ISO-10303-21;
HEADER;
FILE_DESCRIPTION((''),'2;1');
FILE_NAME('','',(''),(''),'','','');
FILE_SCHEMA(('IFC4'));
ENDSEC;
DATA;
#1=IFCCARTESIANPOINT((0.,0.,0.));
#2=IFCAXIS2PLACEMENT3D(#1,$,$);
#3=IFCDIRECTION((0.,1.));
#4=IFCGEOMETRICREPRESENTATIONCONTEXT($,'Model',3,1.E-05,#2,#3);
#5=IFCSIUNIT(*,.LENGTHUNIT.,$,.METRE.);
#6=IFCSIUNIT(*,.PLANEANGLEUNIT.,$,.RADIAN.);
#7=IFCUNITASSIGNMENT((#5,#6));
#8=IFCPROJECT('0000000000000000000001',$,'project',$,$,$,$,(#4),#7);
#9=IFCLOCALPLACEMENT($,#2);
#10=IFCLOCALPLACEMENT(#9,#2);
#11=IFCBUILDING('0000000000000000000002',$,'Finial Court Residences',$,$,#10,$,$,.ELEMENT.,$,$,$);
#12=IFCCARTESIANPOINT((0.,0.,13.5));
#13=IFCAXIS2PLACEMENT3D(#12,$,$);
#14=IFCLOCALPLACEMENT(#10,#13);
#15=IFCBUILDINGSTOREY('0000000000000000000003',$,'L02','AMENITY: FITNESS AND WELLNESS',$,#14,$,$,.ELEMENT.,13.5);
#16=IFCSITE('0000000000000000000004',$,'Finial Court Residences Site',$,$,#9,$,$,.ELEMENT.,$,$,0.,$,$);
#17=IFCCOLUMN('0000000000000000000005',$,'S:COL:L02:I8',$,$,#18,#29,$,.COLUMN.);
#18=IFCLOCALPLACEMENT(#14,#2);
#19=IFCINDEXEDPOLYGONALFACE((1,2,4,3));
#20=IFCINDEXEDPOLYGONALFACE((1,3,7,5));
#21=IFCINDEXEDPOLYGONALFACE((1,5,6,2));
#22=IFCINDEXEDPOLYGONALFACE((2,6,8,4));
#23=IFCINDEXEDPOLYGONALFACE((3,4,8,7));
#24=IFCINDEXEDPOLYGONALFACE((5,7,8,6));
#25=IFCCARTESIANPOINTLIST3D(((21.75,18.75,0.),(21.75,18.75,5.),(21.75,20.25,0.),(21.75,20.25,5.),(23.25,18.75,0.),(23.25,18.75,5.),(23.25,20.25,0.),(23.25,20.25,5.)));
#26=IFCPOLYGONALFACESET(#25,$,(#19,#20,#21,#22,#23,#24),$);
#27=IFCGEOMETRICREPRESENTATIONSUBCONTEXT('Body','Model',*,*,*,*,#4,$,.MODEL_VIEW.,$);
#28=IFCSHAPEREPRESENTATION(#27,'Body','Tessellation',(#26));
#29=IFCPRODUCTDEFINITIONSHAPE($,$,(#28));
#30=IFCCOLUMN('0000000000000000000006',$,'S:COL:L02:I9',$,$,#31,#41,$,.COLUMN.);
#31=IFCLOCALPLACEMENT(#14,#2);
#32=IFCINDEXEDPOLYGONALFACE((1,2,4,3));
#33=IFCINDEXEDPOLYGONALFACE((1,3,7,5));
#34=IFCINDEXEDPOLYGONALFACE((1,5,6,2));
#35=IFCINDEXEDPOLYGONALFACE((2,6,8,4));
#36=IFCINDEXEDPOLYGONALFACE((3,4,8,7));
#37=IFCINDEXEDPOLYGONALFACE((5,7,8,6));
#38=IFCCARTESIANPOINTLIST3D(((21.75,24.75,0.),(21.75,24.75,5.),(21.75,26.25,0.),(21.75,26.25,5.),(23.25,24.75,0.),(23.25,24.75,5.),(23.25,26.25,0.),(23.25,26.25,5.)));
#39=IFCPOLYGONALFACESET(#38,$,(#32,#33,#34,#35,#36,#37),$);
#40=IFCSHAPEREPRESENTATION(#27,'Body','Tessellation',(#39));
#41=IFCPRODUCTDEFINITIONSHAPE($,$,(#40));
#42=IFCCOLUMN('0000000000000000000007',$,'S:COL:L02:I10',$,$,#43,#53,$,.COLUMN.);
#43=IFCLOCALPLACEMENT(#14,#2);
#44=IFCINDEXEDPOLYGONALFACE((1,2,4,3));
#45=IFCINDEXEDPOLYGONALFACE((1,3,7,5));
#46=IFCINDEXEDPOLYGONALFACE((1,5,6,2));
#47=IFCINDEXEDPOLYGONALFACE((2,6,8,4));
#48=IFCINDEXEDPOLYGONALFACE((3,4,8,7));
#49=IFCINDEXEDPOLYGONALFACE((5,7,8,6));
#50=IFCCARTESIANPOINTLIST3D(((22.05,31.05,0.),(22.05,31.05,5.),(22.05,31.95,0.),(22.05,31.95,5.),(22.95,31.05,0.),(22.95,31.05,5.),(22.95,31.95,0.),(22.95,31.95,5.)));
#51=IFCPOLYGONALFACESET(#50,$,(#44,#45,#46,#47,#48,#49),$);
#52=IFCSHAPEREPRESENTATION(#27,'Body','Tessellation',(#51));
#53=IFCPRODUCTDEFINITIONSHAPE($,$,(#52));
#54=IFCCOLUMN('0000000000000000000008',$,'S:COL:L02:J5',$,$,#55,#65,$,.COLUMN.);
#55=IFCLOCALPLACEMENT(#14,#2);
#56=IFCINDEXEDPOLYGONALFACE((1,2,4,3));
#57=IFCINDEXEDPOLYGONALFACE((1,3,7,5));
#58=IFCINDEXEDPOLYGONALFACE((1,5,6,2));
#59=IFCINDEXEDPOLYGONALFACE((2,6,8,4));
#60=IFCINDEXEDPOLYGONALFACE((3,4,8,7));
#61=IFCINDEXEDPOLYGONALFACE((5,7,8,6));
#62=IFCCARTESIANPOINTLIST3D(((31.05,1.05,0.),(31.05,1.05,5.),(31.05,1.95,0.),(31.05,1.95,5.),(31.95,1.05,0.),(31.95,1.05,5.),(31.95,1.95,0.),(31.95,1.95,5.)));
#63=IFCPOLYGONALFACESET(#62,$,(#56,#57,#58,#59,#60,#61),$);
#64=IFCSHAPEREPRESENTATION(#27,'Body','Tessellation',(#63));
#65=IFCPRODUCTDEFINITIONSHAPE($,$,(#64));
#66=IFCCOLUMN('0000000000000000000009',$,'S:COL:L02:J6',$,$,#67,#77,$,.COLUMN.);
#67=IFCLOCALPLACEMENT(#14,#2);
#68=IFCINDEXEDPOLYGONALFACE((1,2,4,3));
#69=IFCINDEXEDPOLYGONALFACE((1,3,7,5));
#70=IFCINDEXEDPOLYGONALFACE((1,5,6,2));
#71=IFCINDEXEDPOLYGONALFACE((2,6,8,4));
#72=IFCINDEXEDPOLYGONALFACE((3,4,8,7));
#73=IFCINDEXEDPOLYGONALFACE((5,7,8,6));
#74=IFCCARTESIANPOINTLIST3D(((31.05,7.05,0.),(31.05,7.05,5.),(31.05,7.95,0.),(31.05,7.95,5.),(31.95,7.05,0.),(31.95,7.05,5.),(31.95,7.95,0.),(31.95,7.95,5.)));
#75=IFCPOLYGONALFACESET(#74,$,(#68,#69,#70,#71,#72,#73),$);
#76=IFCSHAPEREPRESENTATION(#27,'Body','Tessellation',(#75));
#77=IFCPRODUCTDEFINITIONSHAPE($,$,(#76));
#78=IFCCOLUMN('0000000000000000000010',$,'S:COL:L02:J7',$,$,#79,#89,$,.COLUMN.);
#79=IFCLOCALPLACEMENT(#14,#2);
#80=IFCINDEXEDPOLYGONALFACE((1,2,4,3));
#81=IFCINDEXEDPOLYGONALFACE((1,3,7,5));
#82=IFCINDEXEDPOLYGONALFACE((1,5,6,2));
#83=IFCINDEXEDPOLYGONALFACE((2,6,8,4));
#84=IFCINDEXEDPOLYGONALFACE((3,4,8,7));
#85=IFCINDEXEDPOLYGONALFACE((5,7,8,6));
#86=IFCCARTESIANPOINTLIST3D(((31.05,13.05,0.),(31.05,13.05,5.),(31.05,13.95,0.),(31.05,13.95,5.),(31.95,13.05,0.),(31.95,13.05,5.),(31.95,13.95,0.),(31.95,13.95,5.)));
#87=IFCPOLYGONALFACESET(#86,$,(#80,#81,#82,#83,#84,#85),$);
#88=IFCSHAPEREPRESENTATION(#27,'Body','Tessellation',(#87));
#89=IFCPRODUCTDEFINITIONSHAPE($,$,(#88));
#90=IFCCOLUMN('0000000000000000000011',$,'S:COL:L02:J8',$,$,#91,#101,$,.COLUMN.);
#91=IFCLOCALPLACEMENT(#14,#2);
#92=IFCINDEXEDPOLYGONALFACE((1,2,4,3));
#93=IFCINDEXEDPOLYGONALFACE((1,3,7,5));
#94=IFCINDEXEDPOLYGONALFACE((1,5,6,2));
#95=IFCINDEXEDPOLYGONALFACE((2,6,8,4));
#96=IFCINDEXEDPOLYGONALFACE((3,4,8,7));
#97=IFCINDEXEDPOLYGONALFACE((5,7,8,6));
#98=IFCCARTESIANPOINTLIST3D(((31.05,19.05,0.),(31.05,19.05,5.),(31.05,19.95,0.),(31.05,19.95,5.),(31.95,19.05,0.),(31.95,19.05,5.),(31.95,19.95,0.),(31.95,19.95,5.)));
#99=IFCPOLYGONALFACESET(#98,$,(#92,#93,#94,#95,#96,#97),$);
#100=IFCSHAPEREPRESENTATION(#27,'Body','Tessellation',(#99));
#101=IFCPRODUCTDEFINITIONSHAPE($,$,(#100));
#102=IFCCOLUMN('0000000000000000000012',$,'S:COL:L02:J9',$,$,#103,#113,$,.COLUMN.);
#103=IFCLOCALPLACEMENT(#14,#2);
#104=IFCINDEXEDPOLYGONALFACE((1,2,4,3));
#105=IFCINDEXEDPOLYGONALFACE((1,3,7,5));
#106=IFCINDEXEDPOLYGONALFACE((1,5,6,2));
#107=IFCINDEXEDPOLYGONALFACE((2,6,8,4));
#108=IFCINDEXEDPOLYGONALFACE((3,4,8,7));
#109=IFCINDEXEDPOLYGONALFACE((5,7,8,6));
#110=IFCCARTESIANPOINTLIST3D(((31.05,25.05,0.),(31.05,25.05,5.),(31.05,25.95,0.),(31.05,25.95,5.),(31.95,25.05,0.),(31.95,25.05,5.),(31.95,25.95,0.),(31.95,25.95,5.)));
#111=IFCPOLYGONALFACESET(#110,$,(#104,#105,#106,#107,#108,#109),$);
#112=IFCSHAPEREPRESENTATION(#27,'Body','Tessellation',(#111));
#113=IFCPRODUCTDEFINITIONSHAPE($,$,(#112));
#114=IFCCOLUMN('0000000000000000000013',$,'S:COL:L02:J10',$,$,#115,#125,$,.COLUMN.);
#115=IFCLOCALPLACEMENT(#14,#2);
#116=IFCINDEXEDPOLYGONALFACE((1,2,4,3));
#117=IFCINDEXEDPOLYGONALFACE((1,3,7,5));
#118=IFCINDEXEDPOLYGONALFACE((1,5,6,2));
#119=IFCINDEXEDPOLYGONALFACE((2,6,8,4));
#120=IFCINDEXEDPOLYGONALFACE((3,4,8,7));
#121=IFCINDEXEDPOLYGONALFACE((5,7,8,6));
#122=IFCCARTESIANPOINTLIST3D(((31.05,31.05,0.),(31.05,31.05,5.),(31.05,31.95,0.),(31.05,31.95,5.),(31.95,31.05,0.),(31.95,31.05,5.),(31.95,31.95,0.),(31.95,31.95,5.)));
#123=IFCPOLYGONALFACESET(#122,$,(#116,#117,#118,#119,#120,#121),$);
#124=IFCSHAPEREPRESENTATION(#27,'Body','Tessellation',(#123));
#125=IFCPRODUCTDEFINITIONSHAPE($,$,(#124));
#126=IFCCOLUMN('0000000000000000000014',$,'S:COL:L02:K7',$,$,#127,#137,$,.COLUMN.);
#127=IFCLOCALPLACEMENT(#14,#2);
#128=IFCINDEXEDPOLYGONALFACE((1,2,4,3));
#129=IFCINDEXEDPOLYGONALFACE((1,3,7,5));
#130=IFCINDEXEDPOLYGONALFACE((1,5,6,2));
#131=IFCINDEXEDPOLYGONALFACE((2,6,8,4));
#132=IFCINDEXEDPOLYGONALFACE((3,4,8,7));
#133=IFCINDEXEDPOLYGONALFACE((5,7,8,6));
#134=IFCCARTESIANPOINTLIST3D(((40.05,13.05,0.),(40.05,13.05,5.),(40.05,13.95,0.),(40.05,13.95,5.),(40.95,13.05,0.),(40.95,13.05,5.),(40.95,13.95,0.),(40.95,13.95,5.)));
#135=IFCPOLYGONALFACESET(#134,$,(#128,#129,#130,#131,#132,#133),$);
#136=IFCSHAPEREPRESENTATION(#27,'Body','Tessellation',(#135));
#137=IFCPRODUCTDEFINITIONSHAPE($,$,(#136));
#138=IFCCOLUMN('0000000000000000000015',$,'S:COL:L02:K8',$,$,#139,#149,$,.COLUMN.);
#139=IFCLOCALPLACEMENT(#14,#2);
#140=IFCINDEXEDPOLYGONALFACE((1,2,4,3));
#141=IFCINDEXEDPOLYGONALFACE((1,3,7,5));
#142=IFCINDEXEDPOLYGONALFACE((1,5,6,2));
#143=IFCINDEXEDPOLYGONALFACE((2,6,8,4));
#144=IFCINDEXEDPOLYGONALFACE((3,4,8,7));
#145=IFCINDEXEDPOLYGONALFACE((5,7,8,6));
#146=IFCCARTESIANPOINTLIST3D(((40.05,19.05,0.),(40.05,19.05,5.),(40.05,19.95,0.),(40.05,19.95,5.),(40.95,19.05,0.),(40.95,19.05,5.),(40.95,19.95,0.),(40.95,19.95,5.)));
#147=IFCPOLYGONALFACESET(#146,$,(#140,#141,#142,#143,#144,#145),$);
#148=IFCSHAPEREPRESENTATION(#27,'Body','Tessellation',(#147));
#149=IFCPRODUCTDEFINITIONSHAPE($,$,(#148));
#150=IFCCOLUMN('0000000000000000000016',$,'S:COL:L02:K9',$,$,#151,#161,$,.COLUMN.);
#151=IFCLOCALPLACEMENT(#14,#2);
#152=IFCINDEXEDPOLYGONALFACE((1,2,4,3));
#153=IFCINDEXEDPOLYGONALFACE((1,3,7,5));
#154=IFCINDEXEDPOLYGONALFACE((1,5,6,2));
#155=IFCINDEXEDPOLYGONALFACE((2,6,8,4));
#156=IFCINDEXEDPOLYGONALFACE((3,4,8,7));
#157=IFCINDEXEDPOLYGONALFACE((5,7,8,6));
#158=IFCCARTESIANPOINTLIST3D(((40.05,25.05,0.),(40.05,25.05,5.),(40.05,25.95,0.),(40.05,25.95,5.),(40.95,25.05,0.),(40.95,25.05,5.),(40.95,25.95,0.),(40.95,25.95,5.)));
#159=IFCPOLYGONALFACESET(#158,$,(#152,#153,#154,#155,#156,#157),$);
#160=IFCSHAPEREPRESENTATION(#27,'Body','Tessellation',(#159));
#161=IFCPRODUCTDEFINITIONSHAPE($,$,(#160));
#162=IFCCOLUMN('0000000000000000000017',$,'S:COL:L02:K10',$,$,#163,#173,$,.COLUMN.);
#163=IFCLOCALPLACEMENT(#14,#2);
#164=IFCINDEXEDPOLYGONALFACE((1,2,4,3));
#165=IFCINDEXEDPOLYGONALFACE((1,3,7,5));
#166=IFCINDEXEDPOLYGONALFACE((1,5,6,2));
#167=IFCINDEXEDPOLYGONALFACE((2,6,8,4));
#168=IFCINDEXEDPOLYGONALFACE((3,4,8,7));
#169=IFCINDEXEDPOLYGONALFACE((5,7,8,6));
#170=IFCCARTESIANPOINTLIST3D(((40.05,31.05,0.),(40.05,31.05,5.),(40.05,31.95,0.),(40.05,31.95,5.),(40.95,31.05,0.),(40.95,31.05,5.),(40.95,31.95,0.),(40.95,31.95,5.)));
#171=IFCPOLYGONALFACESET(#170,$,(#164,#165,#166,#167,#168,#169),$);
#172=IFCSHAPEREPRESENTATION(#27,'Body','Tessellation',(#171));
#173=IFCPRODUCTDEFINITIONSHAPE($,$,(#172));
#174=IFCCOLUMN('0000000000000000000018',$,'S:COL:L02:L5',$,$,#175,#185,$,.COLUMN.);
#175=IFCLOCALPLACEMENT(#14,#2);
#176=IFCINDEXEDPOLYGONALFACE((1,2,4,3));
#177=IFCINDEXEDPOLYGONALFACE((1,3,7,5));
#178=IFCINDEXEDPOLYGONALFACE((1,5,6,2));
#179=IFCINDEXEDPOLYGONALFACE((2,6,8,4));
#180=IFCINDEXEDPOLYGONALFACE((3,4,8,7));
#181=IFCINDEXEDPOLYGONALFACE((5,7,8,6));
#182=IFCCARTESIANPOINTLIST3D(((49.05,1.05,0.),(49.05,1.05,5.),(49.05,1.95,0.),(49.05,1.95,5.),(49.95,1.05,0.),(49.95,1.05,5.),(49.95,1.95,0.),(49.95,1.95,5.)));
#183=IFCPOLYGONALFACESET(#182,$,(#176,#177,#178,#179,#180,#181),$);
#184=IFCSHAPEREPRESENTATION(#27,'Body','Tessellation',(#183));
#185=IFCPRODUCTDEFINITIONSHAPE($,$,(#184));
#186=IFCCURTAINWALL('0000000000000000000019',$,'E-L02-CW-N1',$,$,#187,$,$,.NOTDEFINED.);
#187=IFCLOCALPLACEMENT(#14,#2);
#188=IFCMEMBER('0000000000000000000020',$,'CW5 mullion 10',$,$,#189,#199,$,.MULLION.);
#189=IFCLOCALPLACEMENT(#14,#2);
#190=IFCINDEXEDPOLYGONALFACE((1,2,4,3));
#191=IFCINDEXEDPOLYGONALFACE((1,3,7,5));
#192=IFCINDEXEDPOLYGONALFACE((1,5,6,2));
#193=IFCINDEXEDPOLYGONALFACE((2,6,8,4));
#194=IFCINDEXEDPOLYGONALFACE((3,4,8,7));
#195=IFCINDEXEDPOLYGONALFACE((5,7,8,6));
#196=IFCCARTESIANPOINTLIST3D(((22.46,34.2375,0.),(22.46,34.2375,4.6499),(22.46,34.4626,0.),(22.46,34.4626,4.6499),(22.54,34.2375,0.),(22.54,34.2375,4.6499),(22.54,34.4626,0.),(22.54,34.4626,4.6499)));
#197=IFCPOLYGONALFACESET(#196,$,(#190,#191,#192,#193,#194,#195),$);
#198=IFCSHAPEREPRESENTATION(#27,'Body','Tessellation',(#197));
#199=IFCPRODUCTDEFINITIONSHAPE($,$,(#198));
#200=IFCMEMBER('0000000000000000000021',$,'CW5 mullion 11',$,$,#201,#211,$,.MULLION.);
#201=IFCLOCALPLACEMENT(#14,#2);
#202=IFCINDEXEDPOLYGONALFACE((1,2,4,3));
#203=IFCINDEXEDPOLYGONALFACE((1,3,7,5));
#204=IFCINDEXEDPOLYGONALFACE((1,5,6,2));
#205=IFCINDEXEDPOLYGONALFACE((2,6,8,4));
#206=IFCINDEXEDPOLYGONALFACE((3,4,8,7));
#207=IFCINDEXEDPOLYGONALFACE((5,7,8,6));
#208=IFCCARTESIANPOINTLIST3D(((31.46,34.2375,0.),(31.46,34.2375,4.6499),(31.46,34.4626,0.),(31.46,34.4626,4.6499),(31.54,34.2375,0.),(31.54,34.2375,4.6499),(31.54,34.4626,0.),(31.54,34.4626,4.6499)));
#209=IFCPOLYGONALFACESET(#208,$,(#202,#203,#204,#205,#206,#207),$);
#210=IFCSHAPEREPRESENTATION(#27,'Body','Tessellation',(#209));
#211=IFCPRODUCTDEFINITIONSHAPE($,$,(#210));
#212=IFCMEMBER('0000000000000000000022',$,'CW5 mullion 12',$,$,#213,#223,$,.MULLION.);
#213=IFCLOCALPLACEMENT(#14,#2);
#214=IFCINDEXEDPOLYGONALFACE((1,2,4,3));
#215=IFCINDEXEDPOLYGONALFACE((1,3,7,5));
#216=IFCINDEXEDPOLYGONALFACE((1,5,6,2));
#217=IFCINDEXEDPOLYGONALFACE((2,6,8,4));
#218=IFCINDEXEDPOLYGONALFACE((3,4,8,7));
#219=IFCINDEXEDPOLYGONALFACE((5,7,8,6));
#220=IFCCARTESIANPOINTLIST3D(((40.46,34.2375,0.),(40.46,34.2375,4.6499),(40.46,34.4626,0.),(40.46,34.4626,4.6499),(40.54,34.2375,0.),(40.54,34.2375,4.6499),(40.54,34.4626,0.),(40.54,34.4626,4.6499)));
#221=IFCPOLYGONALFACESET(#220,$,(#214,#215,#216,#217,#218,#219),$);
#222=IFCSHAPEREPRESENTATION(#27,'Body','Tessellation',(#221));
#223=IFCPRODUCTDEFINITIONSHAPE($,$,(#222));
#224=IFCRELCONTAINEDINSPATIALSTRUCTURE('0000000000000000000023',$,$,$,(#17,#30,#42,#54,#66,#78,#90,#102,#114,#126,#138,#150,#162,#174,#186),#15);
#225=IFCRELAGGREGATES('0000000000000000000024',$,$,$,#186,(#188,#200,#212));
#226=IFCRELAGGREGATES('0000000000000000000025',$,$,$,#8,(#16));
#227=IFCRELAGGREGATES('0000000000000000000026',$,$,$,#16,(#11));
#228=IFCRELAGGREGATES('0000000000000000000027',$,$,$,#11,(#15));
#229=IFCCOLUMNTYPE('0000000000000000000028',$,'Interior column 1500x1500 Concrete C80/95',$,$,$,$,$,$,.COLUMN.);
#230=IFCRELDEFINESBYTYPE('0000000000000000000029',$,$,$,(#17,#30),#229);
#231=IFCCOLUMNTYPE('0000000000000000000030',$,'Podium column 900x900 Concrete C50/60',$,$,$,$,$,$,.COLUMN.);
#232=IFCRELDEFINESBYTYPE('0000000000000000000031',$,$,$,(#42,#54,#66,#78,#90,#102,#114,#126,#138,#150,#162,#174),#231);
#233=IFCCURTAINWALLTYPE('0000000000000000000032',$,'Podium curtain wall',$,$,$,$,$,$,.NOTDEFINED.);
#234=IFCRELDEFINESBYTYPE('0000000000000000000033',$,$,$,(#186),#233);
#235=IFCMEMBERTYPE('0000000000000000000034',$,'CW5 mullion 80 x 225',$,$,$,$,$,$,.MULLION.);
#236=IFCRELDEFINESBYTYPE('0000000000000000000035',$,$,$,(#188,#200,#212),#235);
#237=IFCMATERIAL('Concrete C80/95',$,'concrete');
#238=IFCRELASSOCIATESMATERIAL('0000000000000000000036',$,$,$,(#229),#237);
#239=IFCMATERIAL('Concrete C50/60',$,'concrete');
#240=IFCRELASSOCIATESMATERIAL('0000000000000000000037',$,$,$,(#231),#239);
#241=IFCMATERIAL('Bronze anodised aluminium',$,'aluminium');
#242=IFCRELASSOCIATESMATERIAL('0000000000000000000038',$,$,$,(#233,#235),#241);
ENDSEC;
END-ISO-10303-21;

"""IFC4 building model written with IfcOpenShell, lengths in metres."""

from ifc_helpers import new_model, si_unit, direction, frame, origin, origin_2d, place, context, subcontext, project, spatial, rectangle, extrude, material, material_profile, profile_set, type_object, element, aggregate, save


model = new_model("IFC4")

# Units and contexts
model_context = context("Model", 3, precision=1e-05, world=origin(), true_north=direction((0.0, 1.0)))
body_context = subcontext(model_context, "Body", "Model", "MODEL_VIEW")
ifc_project = project(units=[si_unit("LENGTHUNIT", "METRE"), si_unit("PLANEANGLEUNIT", "RADIAN")], contexts=[model_context])

# Site, building, storey
site_placement = place(None, origin())
site = spatial("IfcSite", under=ifc_project, at=site_placement, Name="Finial Court Residences Site", CompositionType="ELEMENT", RefElevation=0.0)
building_placement = place(site_placement, origin())
building = spatial("IfcBuilding", under=site, at=building_placement, Name="Finial Court Residences", CompositionType="ELEMENT")
storey_placement = place(building_placement, frame((0.0, 0.0, 13.5)))
storey = spatial("IfcBuildingStorey", under=building, at=storey_placement, Name="L02", Description="AMENITY: FITNESS AND WELLNESS", CompositionType="ELEMENT", Elevation=13.5)

# Columns
ifc_material_1 = material(Name="Concrete C80/95", Category="concrete")
ifc_material_profile_1 = material_profile(ifc_material_1, rectangle(XDim=1.5, YDim=1.5, at=origin_2d()), Name="1500x1500")
ifc_profile_set_1 = profile_set([ifc_material_profile_1], Name="Concrete C80/95")
column_type_1 = type_object("IfcColumnType", Name="Interior column 1500x1500 Concrete C80/95", PredefinedType="COLUMN", material=ifc_profile_set_1)
for number, where, z_axis, x_axis, name in (
    (1, (22.5, 19.5, 0.0), (0.0, 0.0, 1.0), (1.0, 0.0, 0.0), "S:COL:L02:I8"),
    (2, (22.5, 25.5, 0.0), (0.0, 0.0, 1.0), (1.0, 0.0, 0.0), "S:COL:L02:I9"),
):
    element("IfcColumn", number, at=place(storey_placement, frame(where, z_axis=z_axis, x_axis=x_axis)), inside=storey, type_object=column_type_1, Name=name, PredefinedType="COLUMN", context=body_context, shape_type="SweptSolid", body=[
        extrude(rectangle(XDim=1.5, YDim=1.5, at=origin_2d()), origin(), (0.0, 0.0, 1.0), 5.0),
    ])
ifc_material_2 = material(Name="Concrete C50/60", Category="concrete")
ifc_material_profile_2 = material_profile(ifc_material_2, rectangle(XDim=0.8999, YDim=0.8999, at=origin_2d()), Name="900x900")
ifc_profile_set_2 = profile_set([ifc_material_profile_2], Name="Concrete C50/60")
column_type_2 = type_object("IfcColumnType", Name="Podium column 900x900 Concrete C50/60", PredefinedType="COLUMN", material=ifc_profile_set_2)
for number, where, z_axis, x_axis, name in (
    (3, (22.5, 31.5, 0.0), (0.0, 0.0, 1.0), (1.0, 0.0, 0.0), "S:COL:L02:I10"),
    (4, (31.5, 1.5, 0.0), (0.0, 0.0, 1.0), (1.0, 0.0, 0.0), "S:COL:L02:J5"),
    (5, (31.5, 7.5, 0.0), (0.0, 0.0, 1.0), (1.0, 0.0, 0.0), "S:COL:L02:J6"),
    (6, (31.5, 13.5, 0.0), (0.0, 0.0, 1.0), (1.0, 0.0, 0.0), "S:COL:L02:J7"),
    (7, (31.5, 19.5, 0.0), (0.0, 0.0, 1.0), (1.0, 0.0, 0.0), "S:COL:L02:J8"),
    (8, (31.5, 25.5, 0.0), (0.0, 0.0, 1.0), (1.0, 0.0, 0.0), "S:COL:L02:J9"),
    (9, (31.5, 31.5, 0.0), (0.0, 0.0, 1.0), (1.0, 0.0, 0.0), "S:COL:L02:J10"),
    (10, (40.5, 13.5, 0.0), (0.0, 0.0, 1.0), (1.0, 0.0, 0.0), "S:COL:L02:K7"),
    (11, (40.5, 19.5, 0.0), (0.0, 0.0, 1.0), (1.0, 0.0, 0.0), "S:COL:L02:K8"),
    (12, (40.5, 25.5, 0.0), (0.0, 0.0, 1.0), (1.0, 0.0, 0.0), "S:COL:L02:K9"),
    (13, (40.5, 31.5, 0.0), (0.0, 0.0, 1.0), (1.0, 0.0, 0.0), "S:COL:L02:K10"),
    (14, (49.5, 1.5, 0.0), (0.0, 0.0, 1.0), (1.0, 0.0, 0.0), "S:COL:L02:L5"),
):
    element("IfcColumn", number, at=place(storey_placement, frame(where, z_axis=z_axis, x_axis=x_axis)), inside=storey, type_object=column_type_2, Name=name, PredefinedType="COLUMN", context=body_context, shape_type="SweptSolid", body=[
        extrude(rectangle(XDim=0.8999, YDim=0.8999, at=origin_2d()), origin(), (0.0, 0.0, 1.0), 5.0),
    ])

# Curtain wall, members
ifc_material_3 = material(Name="Bronze anodised aluminium", Category="aluminium")
curtain_wall_type = type_object("IfcCurtainWallType", Name="Podium curtain wall", PredefinedType="NOTDEFINED", material=ifc_material_3)
curtain_wall_placement = place(storey_placement, origin())
curtain_wall = element("IfcCurtainWall", 15, at=curtain_wall_placement, inside=storey, type_object=curtain_wall_type, Name="E-L02-CW-N1", PredefinedType="NOTDEFINED")
ifc_material_profile_3 = material_profile(ifc_material_3, rectangle(XDim=0.2251, YDim=0.0801, at=origin_2d()), Name="CW5 mullion 80 x 225")
ifc_profile_set_3 = profile_set([ifc_material_profile_3], Name="Bronze anodised aluminium")
member_type_1 = type_object("IfcMemberType", Name="CW5 mullion 80 x 225", PredefinedType="MULLION", material=ifc_profile_set_3)
member_1_placement = place(storey_placement, frame((22.5, 34.3501, 0.0), z_axis=(0.0, 0.0, 1.0), x_axis=(0.0, 1.0, 0.0)))
member_1 = element("IfcMember", 16, at=member_1_placement, type_object=member_type_1, Name="CW5 mullion 10", PredefinedType="MULLION", context=body_context, shape_type="SweptSolid", body=[
    extrude(rectangle(XDim=0.2251, YDim=0.0801, at=origin_2d()), origin(), (0.0, 0.0, 1.0), 4.6499),
])
member_2_placement = place(storey_placement, frame((31.5, 34.3501, 0.0), z_axis=(0.0, 0.0, 1.0), x_axis=(0.0, 1.0, 0.0)))
member_2 = element("IfcMember", 17, at=member_2_placement, type_object=member_type_1, Name="CW5 mullion 11", PredefinedType="MULLION", context=body_context, shape_type="SweptSolid", body=[
    extrude(rectangle(XDim=0.2251, YDim=0.0801, at=origin_2d()), origin(), (0.0, 0.0, 1.0), 4.6499),
])
member_3_placement = place(storey_placement, frame((40.5, 34.3501, 0.0), z_axis=(0.0, 0.0, 1.0), x_axis=(0.0, 1.0, 0.0)))
member_3 = element("IfcMember", 18, at=member_3_placement, type_object=member_type_1, Name="CW5 mullion 12", PredefinedType="MULLION", context=body_context, shape_type="SweptSolid", body=[
    extrude(rectangle(XDim=0.2251, YDim=0.0801, at=origin_2d()), origin(), (0.0, 0.0, 1.0), 4.6499),
])
aggregate(curtain_wall, [member_1, member_2, member_3])

save(model, "model.ifc")
